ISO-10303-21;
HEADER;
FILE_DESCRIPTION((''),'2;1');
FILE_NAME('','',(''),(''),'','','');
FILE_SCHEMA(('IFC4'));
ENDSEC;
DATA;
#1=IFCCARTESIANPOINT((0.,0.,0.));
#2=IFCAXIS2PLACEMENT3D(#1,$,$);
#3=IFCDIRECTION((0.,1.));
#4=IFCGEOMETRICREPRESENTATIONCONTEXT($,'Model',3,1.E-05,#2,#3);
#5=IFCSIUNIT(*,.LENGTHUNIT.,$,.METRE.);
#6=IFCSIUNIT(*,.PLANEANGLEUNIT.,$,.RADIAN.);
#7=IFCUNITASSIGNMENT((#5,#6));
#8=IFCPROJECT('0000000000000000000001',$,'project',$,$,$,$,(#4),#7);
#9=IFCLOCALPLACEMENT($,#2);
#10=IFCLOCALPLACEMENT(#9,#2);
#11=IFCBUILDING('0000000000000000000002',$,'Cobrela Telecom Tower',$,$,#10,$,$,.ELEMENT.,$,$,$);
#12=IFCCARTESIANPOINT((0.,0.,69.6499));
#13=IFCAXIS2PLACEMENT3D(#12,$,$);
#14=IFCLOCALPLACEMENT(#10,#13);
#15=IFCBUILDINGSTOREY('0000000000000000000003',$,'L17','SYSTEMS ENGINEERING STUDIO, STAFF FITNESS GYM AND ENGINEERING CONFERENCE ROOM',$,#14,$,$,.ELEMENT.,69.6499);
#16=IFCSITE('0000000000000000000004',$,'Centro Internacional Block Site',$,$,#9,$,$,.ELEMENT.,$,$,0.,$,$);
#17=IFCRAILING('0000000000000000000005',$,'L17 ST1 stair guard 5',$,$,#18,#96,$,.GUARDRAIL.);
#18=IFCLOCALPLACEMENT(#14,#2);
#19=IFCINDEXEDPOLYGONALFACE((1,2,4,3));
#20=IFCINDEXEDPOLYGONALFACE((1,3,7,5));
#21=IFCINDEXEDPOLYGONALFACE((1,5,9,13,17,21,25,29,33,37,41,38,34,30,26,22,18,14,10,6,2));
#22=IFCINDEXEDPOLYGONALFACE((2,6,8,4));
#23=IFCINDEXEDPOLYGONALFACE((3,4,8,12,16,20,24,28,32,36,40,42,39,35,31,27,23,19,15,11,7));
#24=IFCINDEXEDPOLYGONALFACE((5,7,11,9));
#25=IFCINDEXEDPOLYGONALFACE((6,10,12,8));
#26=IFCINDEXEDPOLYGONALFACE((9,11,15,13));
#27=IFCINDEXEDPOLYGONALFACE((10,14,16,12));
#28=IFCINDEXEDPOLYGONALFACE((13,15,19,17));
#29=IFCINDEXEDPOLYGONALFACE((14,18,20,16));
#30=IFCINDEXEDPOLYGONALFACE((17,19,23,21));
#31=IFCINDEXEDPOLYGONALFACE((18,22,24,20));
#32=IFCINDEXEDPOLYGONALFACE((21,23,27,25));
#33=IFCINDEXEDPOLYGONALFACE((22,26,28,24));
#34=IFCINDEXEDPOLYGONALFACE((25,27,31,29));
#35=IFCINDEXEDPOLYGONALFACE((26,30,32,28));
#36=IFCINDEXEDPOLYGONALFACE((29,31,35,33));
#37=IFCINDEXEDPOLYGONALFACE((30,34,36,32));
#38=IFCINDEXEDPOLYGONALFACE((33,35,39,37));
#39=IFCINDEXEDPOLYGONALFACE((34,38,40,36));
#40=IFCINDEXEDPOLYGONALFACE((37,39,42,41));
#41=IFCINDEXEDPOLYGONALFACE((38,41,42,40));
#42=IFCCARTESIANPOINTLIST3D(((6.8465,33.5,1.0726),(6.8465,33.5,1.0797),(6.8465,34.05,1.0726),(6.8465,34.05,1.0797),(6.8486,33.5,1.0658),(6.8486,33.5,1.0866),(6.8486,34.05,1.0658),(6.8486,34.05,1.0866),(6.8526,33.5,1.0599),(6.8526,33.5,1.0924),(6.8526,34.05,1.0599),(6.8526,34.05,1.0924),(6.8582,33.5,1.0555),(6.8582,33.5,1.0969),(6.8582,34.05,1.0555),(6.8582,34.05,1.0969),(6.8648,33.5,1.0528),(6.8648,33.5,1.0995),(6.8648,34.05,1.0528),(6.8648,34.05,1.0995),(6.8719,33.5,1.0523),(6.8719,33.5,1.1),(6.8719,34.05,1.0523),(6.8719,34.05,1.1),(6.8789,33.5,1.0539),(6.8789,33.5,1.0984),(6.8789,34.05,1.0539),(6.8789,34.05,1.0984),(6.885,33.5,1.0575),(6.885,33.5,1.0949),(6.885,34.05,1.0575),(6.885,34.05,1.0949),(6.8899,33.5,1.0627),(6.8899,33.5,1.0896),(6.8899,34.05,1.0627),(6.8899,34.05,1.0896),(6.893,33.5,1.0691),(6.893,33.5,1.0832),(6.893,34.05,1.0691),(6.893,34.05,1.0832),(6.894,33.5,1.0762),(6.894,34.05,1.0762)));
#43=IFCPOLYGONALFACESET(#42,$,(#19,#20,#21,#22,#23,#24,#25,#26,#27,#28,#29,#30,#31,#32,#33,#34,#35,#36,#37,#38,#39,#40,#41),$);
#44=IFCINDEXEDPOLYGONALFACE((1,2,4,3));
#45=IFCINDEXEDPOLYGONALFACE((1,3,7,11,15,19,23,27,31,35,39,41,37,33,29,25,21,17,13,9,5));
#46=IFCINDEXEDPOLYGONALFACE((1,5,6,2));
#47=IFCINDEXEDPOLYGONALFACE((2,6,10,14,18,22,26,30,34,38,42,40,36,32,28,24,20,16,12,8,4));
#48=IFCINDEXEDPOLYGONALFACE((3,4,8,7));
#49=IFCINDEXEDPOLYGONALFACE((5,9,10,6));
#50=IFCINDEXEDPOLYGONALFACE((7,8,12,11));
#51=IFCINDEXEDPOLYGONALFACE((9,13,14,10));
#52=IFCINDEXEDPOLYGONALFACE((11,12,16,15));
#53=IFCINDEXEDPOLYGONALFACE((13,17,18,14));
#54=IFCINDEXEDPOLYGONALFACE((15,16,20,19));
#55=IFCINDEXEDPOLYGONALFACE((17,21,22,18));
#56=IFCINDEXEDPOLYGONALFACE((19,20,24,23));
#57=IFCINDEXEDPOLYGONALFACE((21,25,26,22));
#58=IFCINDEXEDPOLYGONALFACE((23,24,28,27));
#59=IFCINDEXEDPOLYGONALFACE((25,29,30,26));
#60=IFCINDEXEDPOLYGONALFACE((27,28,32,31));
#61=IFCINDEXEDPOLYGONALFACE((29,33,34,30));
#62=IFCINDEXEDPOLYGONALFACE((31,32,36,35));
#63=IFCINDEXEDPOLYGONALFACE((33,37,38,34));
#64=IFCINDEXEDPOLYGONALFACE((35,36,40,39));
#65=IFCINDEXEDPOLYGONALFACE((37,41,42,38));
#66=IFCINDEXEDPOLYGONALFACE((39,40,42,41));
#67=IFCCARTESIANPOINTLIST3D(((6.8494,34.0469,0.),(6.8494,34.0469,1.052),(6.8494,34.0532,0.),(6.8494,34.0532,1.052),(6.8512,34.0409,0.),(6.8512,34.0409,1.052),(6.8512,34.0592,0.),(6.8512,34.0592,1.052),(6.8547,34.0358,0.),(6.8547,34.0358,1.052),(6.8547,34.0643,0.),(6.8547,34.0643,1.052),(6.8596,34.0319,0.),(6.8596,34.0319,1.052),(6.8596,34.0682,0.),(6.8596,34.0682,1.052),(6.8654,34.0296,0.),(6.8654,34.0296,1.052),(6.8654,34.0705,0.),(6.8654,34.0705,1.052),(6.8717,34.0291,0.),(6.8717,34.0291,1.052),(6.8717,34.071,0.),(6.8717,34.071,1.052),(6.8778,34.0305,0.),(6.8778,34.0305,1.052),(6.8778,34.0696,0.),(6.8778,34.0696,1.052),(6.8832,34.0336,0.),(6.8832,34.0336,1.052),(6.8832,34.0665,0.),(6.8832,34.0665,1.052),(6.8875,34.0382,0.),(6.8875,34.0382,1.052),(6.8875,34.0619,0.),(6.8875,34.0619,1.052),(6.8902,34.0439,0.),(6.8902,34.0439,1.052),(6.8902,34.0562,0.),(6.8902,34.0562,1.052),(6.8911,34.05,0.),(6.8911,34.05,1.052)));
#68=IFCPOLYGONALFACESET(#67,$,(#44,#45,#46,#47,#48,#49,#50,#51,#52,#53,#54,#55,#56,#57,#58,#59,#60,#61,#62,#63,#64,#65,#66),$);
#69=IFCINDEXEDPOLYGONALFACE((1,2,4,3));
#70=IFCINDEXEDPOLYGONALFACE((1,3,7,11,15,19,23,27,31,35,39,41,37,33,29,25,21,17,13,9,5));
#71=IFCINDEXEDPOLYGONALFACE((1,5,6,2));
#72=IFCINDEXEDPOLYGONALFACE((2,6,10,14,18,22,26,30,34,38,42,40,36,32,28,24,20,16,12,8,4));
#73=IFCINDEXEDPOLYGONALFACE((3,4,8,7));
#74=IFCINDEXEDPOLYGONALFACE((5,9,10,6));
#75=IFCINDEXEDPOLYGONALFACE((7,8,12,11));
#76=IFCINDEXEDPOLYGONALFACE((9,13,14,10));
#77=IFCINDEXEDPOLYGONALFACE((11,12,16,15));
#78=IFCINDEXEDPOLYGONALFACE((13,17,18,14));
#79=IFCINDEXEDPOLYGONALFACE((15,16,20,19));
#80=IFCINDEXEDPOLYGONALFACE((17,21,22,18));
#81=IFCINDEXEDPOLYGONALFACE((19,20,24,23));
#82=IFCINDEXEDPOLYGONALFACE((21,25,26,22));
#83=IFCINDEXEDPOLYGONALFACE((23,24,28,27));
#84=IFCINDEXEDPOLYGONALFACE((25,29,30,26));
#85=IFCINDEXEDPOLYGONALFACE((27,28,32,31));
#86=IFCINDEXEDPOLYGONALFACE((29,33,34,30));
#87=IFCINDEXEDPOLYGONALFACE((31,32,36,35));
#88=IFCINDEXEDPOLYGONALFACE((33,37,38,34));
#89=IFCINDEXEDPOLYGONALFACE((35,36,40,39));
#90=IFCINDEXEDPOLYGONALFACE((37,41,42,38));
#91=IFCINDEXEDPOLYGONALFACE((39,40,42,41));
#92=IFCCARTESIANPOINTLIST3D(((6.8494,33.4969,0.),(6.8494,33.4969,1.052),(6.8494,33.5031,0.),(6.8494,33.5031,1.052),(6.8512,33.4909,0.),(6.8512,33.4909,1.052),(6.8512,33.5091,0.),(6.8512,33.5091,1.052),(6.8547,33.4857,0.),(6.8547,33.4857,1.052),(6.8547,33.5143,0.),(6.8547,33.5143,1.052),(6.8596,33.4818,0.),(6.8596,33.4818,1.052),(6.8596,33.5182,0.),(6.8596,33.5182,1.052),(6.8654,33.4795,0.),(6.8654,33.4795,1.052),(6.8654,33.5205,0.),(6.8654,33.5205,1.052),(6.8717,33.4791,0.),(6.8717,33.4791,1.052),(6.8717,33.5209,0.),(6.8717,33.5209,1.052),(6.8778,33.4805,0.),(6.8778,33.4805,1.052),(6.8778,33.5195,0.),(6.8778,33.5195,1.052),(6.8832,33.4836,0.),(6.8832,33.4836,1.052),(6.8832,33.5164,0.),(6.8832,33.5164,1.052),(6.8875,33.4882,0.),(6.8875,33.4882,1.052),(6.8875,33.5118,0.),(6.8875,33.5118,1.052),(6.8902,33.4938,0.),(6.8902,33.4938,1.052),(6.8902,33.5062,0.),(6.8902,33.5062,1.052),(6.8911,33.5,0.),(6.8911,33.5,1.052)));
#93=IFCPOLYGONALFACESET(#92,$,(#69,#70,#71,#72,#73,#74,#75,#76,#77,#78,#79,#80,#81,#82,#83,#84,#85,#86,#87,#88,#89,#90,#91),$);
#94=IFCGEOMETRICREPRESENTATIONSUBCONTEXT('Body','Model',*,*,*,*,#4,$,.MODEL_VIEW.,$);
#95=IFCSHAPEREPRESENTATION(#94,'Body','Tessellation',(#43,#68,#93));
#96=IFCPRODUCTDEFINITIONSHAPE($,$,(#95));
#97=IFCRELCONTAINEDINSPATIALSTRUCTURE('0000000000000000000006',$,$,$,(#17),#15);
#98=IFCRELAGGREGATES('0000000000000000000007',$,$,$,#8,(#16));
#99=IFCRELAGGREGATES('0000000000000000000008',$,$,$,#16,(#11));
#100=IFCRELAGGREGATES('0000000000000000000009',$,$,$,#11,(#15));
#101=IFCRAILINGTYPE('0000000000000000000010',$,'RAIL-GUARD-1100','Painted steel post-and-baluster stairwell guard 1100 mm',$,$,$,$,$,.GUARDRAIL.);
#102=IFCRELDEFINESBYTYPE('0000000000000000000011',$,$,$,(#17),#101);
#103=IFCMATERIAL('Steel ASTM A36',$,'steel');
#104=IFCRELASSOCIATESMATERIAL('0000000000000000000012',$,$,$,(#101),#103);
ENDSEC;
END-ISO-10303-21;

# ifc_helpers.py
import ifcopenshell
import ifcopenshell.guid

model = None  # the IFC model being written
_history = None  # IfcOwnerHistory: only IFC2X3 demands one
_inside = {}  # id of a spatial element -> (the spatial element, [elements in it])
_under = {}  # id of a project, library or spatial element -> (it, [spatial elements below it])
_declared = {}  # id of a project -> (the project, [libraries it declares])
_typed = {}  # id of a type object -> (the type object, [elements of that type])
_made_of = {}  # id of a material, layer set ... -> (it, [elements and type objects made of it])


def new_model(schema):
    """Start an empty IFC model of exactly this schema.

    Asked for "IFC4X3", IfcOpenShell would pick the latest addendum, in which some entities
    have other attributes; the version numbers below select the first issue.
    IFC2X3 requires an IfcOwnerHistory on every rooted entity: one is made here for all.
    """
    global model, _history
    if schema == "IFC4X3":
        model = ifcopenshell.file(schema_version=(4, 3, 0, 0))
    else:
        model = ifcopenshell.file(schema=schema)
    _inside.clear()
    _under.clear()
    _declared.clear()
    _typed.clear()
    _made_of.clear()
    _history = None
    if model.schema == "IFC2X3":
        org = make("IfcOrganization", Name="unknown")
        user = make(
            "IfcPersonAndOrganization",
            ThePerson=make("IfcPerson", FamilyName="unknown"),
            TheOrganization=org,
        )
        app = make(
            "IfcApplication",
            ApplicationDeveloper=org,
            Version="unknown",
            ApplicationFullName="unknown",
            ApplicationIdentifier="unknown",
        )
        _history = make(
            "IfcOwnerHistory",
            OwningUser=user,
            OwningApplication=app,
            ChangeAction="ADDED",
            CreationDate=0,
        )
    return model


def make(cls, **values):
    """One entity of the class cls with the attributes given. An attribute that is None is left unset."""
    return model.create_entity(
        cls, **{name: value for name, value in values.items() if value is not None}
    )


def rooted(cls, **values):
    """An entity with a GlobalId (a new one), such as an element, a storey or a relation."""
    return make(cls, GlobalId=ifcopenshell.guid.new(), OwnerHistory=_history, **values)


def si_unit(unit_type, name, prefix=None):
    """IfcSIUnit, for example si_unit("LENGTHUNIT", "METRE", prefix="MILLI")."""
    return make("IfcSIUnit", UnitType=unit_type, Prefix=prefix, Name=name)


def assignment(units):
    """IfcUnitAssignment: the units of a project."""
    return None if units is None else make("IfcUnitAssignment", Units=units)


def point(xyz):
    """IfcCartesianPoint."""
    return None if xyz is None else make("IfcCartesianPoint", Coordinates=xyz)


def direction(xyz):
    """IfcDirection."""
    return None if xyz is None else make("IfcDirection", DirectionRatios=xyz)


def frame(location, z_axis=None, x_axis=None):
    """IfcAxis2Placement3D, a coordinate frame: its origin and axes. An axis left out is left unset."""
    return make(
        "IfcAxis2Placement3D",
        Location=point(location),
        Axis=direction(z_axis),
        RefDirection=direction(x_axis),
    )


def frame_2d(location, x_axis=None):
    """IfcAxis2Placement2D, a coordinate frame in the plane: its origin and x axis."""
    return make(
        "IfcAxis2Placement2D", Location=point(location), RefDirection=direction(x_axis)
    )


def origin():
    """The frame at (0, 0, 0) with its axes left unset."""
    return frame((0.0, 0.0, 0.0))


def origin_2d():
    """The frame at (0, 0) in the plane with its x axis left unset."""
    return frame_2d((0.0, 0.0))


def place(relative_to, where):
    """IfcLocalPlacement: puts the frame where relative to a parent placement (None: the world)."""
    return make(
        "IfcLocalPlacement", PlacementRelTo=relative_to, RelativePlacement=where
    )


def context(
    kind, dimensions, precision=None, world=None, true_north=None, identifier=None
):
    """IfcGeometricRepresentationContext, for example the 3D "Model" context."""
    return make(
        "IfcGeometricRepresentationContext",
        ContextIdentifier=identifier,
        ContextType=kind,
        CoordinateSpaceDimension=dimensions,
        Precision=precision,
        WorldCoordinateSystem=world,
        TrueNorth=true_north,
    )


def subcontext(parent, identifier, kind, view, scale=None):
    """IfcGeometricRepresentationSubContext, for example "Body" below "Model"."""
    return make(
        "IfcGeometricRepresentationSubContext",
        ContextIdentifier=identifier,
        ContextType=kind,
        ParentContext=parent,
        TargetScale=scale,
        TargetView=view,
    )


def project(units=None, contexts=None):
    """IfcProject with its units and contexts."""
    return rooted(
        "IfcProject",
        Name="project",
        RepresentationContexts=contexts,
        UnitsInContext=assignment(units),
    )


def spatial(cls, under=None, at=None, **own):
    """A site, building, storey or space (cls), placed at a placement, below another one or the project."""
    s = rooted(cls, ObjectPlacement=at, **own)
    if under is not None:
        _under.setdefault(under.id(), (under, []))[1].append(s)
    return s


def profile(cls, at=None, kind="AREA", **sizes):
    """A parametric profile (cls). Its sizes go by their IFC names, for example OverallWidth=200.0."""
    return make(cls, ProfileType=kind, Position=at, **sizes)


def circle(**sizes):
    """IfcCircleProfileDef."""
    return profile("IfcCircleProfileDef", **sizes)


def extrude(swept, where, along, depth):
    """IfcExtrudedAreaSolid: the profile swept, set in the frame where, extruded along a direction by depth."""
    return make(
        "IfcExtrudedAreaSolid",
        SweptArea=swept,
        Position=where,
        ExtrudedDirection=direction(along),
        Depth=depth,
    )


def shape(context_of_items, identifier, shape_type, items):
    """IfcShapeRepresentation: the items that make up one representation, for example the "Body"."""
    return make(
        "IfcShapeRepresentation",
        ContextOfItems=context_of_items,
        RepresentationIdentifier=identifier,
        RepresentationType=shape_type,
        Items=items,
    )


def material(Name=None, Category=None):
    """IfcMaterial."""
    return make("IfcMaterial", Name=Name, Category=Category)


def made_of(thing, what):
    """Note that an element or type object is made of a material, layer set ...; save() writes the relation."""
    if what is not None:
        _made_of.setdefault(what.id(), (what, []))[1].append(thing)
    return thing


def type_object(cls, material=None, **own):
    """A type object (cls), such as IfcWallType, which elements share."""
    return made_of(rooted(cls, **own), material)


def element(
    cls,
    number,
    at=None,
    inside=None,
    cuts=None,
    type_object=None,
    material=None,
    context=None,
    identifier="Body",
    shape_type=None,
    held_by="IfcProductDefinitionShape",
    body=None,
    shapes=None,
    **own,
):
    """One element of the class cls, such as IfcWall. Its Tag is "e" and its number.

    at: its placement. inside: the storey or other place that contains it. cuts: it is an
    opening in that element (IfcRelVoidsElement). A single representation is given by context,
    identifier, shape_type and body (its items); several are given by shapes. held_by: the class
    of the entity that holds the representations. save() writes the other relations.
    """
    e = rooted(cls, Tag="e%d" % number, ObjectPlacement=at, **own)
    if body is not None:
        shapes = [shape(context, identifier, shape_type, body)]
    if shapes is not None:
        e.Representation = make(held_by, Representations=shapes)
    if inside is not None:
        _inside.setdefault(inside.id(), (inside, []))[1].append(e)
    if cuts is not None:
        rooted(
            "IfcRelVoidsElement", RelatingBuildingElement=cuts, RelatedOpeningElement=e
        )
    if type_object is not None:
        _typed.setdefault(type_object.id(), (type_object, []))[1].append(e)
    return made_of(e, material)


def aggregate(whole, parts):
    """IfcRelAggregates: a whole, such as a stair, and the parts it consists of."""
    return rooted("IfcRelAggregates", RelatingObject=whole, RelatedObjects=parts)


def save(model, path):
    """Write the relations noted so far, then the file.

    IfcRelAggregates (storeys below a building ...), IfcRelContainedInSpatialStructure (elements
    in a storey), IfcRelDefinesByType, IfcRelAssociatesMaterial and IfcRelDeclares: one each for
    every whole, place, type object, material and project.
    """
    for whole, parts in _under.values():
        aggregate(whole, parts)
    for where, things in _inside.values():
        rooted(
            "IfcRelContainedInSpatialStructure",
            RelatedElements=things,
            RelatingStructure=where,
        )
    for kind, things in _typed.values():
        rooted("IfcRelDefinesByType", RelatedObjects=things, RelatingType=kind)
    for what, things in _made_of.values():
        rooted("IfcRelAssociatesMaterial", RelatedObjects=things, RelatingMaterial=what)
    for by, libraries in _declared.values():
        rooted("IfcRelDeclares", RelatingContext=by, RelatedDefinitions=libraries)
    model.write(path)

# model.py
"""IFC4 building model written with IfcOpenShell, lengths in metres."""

from ifc_helpers import new_model, si_unit, direction, frame, origin, origin_2d, place, context, subcontext, project, spatial, circle, extrude, material, type_object, element, save


model = new_model("IFC4")

# Units and contexts
model_context = context("Model", 3, precision=1e-05, world=origin(), true_north=direction((0.0, 1.0)))
body_context = subcontext(model_context, "Body", "Model", "MODEL_VIEW")
ifc_project = project(units=[si_unit("LENGTHUNIT", "METRE"), si_unit("PLANEANGLEUNIT", "RADIAN")], contexts=[model_context])

# Site, building, storey
site_placement = place(None, origin())
site = spatial("IfcSite", under=ifc_project, at=site_placement, Name="Centro Internacional Block Site", CompositionType="ELEMENT", RefElevation=0.0)
building_placement = place(site_placement, origin())
building = spatial("IfcBuilding", under=site, at=building_placement, Name="Cobrela Telecom Tower", CompositionType="ELEMENT")
storey_placement = place(building_placement, frame((0.0, 0.0, 69.6499)))
storey = spatial("IfcBuildingStorey", under=building, at=storey_placement, Name="L17", Description="SYSTEMS ENGINEERING STUDIO, STAFF FITNESS GYM AND ENGINEERING CONFERENCE ROOM", CompositionType="ELEMENT", Elevation=69.6499)

# Shared definitions
ifc_material_1 = material(Name="Steel ASTM A36", Category="steel")

# Railing
railing_type_1 = type_object("IfcRailingType", Name="RAIL-GUARD-1100", Description="Painted steel post-and-baluster stairwell guard 1100 mm", PredefinedType="GUARDRAIL", material=ifc_material_1)
railing_1_placement = place(storey_placement, frame((6.8701, 34.05, 0.0)))
element("IfcRailing", 1, at=railing_1_placement, inside=storey, type_object=railing_type_1, Name="L17 ST1 stair guard 5", PredefinedType="GUARDRAIL", context=body_context, shape_type="SweptSolid", body=[
    extrude(circle(Radius=0.0239, at=origin_2d()), frame((0.0, 0.0, 1.0762), z_axis=(0.0, -1.0, 0.0), x_axis=(1.0, 0.0, 0.0)), (0.0, 0.0, 1.0), 0.55),
    extrude(circle(Radius=0.021, at=origin_2d()), origin(), (0.0, 0.0, 1.0), 1.052),
    extrude(circle(Radius=0.021, at=origin_2d()), frame((0.0, -0.55, 0.0)), (0.0, 0.0, 1.0), 1.052),
])

save(model, "model.ifc")
